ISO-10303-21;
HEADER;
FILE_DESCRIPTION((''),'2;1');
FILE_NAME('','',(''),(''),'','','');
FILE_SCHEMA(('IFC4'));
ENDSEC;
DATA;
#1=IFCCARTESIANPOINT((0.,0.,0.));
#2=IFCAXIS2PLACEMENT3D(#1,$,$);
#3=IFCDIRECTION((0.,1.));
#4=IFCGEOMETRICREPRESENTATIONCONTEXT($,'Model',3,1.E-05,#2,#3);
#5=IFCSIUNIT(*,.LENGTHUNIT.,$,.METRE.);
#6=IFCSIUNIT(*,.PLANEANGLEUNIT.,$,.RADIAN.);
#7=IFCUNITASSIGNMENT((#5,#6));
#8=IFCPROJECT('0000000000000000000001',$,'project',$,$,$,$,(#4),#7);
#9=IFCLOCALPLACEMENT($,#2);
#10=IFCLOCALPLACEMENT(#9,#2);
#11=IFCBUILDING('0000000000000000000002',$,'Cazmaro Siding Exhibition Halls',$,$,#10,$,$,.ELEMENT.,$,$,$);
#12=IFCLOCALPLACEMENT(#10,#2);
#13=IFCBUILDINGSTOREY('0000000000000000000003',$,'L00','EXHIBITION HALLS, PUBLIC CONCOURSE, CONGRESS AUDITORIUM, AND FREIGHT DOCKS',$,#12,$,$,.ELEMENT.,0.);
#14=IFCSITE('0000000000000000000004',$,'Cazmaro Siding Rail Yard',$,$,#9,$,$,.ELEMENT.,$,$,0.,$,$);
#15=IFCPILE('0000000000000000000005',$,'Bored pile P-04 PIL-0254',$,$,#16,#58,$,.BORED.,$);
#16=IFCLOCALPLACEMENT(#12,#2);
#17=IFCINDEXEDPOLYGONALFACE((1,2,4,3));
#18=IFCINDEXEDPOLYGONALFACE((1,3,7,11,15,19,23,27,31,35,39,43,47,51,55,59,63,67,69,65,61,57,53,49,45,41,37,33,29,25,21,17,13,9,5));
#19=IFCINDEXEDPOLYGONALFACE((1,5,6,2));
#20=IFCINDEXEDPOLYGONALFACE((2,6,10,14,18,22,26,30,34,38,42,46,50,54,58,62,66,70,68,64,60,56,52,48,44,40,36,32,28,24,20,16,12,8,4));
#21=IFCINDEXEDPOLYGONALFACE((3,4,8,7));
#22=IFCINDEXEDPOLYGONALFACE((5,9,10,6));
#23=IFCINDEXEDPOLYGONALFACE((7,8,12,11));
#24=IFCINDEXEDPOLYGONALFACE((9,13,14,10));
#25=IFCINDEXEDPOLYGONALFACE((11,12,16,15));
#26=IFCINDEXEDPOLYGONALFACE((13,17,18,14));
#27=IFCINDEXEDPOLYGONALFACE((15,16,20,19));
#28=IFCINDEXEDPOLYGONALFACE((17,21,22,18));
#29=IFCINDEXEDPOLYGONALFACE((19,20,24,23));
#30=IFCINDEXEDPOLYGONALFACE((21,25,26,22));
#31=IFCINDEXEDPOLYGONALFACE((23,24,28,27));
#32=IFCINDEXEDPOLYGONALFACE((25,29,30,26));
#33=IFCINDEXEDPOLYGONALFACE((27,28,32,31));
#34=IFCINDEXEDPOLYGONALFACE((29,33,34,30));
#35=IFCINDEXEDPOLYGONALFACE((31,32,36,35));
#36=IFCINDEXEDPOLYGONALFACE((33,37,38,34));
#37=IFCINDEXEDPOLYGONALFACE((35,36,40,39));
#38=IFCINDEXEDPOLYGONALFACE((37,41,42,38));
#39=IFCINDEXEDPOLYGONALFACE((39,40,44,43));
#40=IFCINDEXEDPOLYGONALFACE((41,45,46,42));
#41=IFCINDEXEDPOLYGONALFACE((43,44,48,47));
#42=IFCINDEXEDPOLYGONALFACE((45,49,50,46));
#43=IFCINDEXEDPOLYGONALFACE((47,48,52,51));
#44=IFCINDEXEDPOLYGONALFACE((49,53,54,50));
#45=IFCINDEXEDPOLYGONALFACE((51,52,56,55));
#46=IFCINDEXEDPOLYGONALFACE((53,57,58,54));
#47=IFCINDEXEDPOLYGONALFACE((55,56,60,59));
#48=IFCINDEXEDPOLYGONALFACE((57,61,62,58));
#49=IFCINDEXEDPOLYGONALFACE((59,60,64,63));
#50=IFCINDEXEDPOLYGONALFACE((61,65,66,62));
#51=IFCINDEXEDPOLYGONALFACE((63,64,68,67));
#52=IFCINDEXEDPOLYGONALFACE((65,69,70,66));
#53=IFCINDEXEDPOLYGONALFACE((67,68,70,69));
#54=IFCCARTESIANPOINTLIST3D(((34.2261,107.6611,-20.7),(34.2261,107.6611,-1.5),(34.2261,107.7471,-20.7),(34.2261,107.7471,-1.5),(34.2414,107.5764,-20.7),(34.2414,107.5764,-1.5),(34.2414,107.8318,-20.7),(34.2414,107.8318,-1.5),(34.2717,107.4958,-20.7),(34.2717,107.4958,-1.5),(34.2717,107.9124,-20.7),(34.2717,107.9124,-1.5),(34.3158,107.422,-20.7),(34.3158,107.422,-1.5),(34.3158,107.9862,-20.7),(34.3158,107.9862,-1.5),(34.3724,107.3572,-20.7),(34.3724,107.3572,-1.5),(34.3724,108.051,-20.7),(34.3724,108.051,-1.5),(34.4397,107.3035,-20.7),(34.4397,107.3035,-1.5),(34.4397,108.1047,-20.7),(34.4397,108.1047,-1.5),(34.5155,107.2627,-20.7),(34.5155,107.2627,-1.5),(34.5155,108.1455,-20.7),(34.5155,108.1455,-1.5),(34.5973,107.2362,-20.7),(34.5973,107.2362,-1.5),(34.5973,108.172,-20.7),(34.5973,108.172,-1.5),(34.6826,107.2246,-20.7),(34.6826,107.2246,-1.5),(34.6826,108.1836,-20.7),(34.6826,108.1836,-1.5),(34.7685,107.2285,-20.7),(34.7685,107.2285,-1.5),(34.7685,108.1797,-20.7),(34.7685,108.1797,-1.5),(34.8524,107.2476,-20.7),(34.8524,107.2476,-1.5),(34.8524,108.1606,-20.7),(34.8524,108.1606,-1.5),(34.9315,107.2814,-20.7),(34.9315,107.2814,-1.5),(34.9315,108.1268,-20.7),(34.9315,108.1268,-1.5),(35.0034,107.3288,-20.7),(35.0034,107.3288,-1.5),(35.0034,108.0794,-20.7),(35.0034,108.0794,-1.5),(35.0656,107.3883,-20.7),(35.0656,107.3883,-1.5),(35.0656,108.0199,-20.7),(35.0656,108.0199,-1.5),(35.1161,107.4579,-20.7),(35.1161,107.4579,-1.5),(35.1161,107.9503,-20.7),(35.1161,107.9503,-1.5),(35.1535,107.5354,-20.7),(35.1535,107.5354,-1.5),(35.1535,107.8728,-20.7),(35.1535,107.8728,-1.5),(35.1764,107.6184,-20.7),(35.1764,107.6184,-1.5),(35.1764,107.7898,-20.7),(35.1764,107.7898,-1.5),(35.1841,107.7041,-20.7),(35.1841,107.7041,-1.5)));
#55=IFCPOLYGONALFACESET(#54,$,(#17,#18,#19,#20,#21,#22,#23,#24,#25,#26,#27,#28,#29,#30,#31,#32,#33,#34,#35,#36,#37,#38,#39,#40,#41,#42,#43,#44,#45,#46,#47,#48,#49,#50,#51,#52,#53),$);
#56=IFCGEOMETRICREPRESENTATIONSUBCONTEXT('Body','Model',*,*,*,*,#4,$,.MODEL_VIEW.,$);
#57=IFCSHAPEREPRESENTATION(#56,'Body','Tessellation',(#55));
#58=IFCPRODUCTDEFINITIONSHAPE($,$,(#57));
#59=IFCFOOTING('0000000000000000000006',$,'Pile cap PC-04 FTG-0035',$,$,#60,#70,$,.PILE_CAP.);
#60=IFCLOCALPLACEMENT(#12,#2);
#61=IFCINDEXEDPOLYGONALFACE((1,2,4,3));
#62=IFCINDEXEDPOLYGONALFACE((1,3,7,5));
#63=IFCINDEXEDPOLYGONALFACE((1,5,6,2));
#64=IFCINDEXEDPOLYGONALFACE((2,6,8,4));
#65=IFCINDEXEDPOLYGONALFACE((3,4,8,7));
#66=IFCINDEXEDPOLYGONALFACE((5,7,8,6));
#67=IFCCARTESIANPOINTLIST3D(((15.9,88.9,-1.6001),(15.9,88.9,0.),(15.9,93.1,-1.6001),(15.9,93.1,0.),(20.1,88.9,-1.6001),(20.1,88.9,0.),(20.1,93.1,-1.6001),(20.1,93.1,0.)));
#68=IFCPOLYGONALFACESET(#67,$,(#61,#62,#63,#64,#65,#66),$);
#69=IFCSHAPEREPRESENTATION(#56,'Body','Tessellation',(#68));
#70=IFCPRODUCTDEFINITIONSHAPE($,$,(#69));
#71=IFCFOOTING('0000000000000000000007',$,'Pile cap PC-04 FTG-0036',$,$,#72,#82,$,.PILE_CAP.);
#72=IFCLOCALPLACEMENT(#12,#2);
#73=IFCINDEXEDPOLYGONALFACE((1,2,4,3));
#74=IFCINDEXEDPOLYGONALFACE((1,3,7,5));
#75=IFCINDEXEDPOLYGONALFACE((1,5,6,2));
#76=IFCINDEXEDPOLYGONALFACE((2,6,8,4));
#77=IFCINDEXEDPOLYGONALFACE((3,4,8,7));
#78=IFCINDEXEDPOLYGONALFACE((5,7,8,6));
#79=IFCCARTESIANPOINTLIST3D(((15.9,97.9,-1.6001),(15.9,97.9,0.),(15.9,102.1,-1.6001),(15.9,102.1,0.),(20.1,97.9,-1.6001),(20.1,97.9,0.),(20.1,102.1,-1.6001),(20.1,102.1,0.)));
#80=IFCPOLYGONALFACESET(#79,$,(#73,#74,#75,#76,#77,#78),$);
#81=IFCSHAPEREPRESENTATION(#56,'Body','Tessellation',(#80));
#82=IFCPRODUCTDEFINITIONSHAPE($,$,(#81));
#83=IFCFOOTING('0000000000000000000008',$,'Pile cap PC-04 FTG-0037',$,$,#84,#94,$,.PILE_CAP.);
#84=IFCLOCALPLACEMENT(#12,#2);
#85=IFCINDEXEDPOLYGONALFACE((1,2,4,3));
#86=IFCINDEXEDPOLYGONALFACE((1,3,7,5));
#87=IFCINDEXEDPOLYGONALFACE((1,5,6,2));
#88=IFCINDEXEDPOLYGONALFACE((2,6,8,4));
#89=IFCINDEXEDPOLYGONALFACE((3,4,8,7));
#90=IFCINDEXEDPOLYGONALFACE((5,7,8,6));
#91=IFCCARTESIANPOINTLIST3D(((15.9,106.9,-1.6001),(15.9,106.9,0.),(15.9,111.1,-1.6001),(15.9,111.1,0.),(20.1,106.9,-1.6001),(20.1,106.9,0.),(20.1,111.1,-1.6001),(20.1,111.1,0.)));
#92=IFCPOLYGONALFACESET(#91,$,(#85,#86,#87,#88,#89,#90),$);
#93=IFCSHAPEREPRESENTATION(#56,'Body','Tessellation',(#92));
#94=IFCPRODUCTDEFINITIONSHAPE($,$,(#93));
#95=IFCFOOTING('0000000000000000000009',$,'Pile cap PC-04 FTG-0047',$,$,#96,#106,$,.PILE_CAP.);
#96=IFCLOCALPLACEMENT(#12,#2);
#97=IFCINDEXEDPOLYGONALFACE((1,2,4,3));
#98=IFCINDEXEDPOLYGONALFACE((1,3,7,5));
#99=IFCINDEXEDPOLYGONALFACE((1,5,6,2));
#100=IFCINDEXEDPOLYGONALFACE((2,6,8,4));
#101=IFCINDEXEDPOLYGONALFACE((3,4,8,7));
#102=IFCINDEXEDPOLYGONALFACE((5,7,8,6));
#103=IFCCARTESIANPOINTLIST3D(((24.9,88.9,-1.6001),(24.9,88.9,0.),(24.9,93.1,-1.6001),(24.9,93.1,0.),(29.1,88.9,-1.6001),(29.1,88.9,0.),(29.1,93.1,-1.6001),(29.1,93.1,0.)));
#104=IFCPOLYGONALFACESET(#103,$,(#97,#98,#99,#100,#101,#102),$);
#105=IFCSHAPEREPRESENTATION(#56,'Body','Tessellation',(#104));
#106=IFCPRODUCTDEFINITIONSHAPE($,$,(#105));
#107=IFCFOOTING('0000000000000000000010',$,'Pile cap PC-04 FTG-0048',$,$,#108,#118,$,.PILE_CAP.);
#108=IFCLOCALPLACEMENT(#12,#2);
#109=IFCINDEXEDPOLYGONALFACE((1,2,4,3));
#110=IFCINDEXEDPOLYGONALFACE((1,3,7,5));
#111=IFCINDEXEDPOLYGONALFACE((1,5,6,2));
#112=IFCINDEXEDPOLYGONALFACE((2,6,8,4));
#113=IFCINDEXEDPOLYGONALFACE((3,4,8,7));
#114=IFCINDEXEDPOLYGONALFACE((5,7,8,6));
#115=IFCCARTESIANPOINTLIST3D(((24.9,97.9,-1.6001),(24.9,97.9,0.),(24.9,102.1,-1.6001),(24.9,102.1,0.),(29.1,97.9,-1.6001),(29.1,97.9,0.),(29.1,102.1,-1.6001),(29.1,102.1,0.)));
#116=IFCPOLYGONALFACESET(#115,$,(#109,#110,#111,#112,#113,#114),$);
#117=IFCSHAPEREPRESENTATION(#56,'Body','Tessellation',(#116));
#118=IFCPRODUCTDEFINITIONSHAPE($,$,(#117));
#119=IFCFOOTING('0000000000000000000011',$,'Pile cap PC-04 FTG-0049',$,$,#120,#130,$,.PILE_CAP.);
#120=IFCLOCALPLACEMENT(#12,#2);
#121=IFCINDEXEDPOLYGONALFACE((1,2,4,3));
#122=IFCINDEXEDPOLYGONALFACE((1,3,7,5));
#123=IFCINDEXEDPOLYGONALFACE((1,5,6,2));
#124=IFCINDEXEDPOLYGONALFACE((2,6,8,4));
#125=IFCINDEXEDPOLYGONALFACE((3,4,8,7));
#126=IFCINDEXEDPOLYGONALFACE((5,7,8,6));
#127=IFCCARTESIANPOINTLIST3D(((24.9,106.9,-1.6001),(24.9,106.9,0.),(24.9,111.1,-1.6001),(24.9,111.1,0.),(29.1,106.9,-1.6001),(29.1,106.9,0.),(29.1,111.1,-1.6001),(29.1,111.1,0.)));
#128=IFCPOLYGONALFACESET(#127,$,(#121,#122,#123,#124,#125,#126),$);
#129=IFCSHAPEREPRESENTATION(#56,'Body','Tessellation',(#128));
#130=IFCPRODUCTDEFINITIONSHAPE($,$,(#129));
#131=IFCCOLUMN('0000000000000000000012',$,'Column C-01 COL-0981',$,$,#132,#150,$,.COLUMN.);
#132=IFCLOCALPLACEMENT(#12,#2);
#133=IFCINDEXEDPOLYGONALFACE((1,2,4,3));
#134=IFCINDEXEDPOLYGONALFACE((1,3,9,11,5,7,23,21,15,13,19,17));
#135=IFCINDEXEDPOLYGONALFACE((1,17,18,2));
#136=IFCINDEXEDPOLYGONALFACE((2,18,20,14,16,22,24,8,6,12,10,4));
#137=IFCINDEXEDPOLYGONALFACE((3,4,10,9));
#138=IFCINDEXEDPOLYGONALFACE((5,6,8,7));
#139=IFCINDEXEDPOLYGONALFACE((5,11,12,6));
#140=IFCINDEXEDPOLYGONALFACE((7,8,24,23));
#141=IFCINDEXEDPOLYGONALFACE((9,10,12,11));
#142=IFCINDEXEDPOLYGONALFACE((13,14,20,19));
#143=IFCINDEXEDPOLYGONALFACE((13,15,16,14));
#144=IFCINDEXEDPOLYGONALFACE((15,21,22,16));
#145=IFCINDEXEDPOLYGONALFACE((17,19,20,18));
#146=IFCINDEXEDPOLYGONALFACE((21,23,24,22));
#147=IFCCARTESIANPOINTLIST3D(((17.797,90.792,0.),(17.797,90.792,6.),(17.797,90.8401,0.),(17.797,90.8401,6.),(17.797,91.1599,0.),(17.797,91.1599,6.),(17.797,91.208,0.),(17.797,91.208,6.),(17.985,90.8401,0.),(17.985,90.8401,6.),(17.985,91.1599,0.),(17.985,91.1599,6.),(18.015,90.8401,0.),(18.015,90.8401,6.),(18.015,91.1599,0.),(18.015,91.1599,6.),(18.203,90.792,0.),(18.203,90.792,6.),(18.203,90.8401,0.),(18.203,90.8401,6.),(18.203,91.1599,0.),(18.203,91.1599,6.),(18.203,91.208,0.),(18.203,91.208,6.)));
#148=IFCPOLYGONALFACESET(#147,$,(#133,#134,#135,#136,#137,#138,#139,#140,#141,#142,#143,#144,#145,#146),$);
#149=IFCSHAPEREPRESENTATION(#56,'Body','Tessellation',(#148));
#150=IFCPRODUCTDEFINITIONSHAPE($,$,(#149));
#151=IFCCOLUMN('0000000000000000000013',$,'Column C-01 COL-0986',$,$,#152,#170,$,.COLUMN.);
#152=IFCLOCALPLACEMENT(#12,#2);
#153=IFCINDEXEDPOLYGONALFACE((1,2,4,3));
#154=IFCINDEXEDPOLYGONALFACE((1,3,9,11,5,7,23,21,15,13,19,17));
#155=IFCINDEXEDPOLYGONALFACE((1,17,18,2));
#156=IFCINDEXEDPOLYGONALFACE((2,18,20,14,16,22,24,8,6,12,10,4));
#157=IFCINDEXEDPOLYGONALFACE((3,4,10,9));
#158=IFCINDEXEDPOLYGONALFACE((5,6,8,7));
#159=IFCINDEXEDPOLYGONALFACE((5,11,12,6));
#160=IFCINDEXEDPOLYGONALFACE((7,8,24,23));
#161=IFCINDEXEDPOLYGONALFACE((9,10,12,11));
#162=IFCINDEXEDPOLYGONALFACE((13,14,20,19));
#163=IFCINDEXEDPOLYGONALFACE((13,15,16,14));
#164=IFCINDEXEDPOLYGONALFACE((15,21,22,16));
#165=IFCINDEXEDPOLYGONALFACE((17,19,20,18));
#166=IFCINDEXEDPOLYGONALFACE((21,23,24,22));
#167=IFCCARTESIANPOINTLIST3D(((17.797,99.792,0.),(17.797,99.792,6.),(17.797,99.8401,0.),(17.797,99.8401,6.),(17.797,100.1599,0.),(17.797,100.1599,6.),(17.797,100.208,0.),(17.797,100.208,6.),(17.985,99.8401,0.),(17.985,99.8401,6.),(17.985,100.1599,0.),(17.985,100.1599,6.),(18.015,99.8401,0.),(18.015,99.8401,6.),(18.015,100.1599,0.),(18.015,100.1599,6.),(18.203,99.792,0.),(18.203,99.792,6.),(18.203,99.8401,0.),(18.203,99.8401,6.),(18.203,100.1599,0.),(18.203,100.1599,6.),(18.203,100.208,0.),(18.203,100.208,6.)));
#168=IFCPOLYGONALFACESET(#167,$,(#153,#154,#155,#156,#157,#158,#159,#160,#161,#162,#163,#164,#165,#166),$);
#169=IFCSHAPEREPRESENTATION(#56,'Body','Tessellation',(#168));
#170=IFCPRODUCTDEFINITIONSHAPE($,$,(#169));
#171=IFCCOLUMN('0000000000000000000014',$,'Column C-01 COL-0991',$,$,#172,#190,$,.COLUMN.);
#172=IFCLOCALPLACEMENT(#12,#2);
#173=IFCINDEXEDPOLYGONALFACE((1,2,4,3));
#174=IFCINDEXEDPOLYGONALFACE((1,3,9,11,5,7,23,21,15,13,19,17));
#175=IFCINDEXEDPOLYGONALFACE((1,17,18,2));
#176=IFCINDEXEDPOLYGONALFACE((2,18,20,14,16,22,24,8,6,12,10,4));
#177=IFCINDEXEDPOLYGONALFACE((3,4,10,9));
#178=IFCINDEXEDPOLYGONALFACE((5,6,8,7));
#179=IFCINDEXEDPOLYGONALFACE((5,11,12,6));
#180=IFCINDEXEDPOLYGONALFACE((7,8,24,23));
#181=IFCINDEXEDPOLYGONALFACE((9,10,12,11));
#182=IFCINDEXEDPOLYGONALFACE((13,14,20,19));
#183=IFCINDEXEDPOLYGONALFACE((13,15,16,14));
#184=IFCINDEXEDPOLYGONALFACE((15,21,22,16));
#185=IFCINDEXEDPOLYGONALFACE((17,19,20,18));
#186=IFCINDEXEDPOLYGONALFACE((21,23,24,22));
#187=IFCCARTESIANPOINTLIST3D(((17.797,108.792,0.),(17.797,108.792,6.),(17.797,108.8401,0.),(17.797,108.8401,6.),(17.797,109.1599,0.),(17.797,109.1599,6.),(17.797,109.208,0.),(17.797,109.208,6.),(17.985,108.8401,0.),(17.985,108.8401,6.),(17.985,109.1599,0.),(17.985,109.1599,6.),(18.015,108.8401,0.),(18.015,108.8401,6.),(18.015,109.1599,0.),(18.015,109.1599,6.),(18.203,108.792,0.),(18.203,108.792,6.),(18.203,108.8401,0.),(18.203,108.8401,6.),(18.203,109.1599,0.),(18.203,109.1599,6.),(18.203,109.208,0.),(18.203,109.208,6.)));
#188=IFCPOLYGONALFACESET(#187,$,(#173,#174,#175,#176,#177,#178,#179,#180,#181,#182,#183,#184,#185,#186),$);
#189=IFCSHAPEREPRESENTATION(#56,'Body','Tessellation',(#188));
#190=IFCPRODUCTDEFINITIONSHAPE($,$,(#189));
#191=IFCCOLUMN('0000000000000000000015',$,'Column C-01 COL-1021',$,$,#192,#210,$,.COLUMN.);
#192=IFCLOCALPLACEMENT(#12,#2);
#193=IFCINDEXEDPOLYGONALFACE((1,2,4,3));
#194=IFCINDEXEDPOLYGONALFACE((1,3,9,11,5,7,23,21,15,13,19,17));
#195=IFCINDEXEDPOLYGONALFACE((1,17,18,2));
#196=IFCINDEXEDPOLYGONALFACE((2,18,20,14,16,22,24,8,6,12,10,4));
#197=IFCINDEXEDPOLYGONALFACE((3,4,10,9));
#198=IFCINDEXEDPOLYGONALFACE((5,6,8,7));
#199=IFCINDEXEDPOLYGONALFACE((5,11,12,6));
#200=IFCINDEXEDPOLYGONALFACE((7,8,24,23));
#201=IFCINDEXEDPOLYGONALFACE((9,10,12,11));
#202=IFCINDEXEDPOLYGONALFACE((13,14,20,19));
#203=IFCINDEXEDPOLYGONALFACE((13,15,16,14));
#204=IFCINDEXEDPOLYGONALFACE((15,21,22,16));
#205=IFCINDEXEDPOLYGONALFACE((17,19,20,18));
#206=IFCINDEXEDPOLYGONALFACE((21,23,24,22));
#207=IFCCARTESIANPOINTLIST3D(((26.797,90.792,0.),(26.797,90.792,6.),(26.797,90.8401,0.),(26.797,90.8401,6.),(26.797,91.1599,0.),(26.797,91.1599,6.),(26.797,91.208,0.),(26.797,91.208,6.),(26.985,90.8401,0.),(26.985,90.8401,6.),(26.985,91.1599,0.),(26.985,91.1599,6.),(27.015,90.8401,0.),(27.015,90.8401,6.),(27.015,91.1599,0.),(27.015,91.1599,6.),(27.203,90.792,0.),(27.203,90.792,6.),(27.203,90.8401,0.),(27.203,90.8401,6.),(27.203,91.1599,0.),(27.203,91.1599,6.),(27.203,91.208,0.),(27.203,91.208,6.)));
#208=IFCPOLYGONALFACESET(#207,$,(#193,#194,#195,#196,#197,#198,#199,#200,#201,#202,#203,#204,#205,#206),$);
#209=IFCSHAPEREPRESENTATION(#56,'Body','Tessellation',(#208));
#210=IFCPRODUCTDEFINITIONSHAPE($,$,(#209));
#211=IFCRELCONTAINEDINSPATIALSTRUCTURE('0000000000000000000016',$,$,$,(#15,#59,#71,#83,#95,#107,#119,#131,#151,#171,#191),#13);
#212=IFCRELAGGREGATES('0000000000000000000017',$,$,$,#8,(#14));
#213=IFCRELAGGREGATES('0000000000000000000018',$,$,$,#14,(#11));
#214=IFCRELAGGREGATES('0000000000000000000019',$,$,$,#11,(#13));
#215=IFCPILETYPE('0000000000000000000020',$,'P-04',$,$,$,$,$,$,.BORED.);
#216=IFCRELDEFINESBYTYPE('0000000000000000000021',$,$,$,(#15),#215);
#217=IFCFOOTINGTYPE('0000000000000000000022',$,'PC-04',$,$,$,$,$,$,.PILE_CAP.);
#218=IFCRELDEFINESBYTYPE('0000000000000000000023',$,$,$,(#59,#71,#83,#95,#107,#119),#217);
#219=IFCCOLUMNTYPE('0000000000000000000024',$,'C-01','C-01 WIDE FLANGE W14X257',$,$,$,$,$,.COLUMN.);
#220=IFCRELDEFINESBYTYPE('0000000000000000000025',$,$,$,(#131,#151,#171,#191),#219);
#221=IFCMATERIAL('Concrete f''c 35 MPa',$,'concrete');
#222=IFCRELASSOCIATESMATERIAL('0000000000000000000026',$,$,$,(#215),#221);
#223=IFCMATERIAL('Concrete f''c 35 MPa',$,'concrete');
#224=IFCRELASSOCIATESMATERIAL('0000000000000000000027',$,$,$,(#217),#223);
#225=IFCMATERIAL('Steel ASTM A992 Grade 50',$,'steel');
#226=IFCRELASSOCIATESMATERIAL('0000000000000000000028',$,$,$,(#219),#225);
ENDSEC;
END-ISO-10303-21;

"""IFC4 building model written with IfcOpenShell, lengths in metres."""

from ifc_helpers import new_model, si_unit, direction, frame, origin, origin_2d, place, context, subcontext, project, spatial, rectangle, circle, i_section, extrude, material, material_profile, profile_set, type_object, element, save


model = new_model("IFC4")

# Units and contexts
model_context = context("Model", 3, precision=1e-05, world=origin(), true_north=direction((0.0, 1.0)))
body_context = subcontext(model_context, "Body", "Model", "MODEL_VIEW")
ifc_project = project(units=[si_unit("LENGTHUNIT", "METRE"), si_unit("PLANEANGLEUNIT", "RADIAN")], contexts=[model_context])

# Site, building, storey
site_placement = place(None, origin())
site = spatial("IfcSite", under=ifc_project, at=site_placement, Name="Cazmaro Siding Rail Yard", CompositionType="ELEMENT", RefElevation=0.0)
building_placement = place(site_placement, origin())
building = spatial("IfcBuilding", under=site, at=building_placement, Name="Cazmaro Siding Exhibition Halls", CompositionType="ELEMENT")
storey_placement = place(building_placement, origin())
storey = spatial("IfcBuildingStorey", under=building, at=storey_placement, Name="L00", Description="EXHIBITION HALLS, PUBLIC CONCOURSE, CONGRESS AUDITORIUM, AND FREIGHT DOCKS", CompositionType="ELEMENT", Elevation=0.0)

# Pile
ifc_material_1 = material(Name="Concrete f'c 35 MPa", Category="concrete")
ifc_material_profile_1 = material_profile(ifc_material_1, circle(Radius=0.48, at=origin_2d()), Name="CIDH-960")
ifc_profile_set_1 = profile_set([ifc_material_profile_1], Name="Concrete f'c 35 MPa")
pile_type = type_object("IfcPileType", Name="P-04", PredefinedType="BORED", material=ifc_profile_set_1)
for number, where, z_axis, x_axis, name in (
    (1, (34.7041, 107.7041, -1.5), (0.0, 0.0, -1.0), (1.0, 0.0, 0.0), "Bored pile P-04 PIL-0254"),
):
    element("IfcPile", number, at=place(storey_placement, frame(where, z_axis=z_axis, x_axis=x_axis)), inside=storey, type_object=pile_type, Name=name, PredefinedType="BORED", context=body_context, shape_type="SweptSolid", body=[
        extrude(circle(Radius=0.48, at=origin_2d()), origin(), (0.0, 0.0, 1.0), 19.2),
    ])

# Footings
ifc_material_2 = material(Name="Concrete f'c 35 MPa", Category="concrete")
footing_type = type_object("IfcFootingType", Name="PC-04", PredefinedType="PILE_CAP", material=ifc_material_2)
for number, where, z_axis, x_axis, name in (
    (2, (18.0, 91.0, -1.6001), (0.0, 0.0, 1.0), (1.0, 0.0, 0.0), "Pile cap PC-04 FTG-0035"),
    (3, (18.0, 100.0, -1.6001), (0.0, 0.0, 1.0), (1.0, 0.0, 0.0), "Pile cap PC-04 FTG-0036"),
    (4, (18.0, 109.0, -1.6001), (0.0, 0.0, 1.0), (1.0, 0.0, 0.0), "Pile cap PC-04 FTG-0037"),
    (5, (27.0, 91.0, -1.6001), (0.0, 0.0, 1.0), (1.0, 0.0, 0.0), "Pile cap PC-04 FTG-0047"),
    (6, (27.0, 100.0, -1.6001), (0.0, 0.0, 1.0), (1.0, 0.0, 0.0), "Pile cap PC-04 FTG-0048"),
    (7, (27.0, 109.0, -1.6001), (0.0, 0.0, 1.0), (1.0, 0.0, 0.0), "Pile cap PC-04 FTG-0049"),
):
    element("IfcFooting", number, at=place(storey_placement, frame(where, z_axis=z_axis, x_axis=x_axis)), inside=storey, type_object=footing_type, Name=name, PredefinedType="PILE_CAP", context=body_context, shape_type="SweptSolid", body=[
        extrude(rectangle(XDim=4.2, YDim=4.2, at=origin_2d()), origin(), (0.0, 0.0, 1.0), 1.6001),
    ])

# Columns
ifc_material_3 = material(Name="Steel ASTM A992 Grade 50", Category="steel")
ifc_material_profile_2 = material_profile(ifc_material_3, i_section(OverallWidth=0.406, OverallDepth=0.416, WebThickness=0.03, FlangeThickness=0.0481, at=origin_2d()), Name="W14X257")
ifc_profile_set_2 = profile_set([ifc_material_profile_2], Name="Steel ASTM A992 Grade 50")
column_type = type_object("IfcColumnType", Name="C-01", Description="C-01 WIDE FLANGE W14X257", PredefinedType="COLUMN", material=ifc_profile_set_2)
for number, where, z_axis, x_axis, name in (
    (8, (18.0, 91.0, 0.0), (0.0, 0.0, 1.0), (1.0, 0.0, 0.0), "Column C-01 COL-0981"),
    (9, (18.0, 100.0, 0.0), (0.0, 0.0, 1.0), (1.0, 0.0, 0.0), "Column C-01 COL-0986"),
    (10, (18.0, 109.0, 0.0), (0.0, 0.0, 1.0), (1.0, 0.0, 0.0), "Column C-01 COL-0991"),
    (11, (27.0, 91.0, 0.0), (0.0, 0.0, 1.0), (1.0, 0.0, 0.0), "Column C-01 COL-1021"),
):
    element("IfcColumn", number, at=place(storey_placement, frame(where, z_axis=z_axis, x_axis=x_axis)), inside=storey, type_object=column_type, Name=name, PredefinedType="COLUMN", context=body_context, shape_type="SweptSolid", body=[
        extrude(i_section(OverallWidth=0.406, OverallDepth=0.416, WebThickness=0.03, FlangeThickness=0.0481, at=origin_2d()), origin(), (0.0, 0.0, 1.0), 6.0),
    ])

save(model, "model.ifc")
